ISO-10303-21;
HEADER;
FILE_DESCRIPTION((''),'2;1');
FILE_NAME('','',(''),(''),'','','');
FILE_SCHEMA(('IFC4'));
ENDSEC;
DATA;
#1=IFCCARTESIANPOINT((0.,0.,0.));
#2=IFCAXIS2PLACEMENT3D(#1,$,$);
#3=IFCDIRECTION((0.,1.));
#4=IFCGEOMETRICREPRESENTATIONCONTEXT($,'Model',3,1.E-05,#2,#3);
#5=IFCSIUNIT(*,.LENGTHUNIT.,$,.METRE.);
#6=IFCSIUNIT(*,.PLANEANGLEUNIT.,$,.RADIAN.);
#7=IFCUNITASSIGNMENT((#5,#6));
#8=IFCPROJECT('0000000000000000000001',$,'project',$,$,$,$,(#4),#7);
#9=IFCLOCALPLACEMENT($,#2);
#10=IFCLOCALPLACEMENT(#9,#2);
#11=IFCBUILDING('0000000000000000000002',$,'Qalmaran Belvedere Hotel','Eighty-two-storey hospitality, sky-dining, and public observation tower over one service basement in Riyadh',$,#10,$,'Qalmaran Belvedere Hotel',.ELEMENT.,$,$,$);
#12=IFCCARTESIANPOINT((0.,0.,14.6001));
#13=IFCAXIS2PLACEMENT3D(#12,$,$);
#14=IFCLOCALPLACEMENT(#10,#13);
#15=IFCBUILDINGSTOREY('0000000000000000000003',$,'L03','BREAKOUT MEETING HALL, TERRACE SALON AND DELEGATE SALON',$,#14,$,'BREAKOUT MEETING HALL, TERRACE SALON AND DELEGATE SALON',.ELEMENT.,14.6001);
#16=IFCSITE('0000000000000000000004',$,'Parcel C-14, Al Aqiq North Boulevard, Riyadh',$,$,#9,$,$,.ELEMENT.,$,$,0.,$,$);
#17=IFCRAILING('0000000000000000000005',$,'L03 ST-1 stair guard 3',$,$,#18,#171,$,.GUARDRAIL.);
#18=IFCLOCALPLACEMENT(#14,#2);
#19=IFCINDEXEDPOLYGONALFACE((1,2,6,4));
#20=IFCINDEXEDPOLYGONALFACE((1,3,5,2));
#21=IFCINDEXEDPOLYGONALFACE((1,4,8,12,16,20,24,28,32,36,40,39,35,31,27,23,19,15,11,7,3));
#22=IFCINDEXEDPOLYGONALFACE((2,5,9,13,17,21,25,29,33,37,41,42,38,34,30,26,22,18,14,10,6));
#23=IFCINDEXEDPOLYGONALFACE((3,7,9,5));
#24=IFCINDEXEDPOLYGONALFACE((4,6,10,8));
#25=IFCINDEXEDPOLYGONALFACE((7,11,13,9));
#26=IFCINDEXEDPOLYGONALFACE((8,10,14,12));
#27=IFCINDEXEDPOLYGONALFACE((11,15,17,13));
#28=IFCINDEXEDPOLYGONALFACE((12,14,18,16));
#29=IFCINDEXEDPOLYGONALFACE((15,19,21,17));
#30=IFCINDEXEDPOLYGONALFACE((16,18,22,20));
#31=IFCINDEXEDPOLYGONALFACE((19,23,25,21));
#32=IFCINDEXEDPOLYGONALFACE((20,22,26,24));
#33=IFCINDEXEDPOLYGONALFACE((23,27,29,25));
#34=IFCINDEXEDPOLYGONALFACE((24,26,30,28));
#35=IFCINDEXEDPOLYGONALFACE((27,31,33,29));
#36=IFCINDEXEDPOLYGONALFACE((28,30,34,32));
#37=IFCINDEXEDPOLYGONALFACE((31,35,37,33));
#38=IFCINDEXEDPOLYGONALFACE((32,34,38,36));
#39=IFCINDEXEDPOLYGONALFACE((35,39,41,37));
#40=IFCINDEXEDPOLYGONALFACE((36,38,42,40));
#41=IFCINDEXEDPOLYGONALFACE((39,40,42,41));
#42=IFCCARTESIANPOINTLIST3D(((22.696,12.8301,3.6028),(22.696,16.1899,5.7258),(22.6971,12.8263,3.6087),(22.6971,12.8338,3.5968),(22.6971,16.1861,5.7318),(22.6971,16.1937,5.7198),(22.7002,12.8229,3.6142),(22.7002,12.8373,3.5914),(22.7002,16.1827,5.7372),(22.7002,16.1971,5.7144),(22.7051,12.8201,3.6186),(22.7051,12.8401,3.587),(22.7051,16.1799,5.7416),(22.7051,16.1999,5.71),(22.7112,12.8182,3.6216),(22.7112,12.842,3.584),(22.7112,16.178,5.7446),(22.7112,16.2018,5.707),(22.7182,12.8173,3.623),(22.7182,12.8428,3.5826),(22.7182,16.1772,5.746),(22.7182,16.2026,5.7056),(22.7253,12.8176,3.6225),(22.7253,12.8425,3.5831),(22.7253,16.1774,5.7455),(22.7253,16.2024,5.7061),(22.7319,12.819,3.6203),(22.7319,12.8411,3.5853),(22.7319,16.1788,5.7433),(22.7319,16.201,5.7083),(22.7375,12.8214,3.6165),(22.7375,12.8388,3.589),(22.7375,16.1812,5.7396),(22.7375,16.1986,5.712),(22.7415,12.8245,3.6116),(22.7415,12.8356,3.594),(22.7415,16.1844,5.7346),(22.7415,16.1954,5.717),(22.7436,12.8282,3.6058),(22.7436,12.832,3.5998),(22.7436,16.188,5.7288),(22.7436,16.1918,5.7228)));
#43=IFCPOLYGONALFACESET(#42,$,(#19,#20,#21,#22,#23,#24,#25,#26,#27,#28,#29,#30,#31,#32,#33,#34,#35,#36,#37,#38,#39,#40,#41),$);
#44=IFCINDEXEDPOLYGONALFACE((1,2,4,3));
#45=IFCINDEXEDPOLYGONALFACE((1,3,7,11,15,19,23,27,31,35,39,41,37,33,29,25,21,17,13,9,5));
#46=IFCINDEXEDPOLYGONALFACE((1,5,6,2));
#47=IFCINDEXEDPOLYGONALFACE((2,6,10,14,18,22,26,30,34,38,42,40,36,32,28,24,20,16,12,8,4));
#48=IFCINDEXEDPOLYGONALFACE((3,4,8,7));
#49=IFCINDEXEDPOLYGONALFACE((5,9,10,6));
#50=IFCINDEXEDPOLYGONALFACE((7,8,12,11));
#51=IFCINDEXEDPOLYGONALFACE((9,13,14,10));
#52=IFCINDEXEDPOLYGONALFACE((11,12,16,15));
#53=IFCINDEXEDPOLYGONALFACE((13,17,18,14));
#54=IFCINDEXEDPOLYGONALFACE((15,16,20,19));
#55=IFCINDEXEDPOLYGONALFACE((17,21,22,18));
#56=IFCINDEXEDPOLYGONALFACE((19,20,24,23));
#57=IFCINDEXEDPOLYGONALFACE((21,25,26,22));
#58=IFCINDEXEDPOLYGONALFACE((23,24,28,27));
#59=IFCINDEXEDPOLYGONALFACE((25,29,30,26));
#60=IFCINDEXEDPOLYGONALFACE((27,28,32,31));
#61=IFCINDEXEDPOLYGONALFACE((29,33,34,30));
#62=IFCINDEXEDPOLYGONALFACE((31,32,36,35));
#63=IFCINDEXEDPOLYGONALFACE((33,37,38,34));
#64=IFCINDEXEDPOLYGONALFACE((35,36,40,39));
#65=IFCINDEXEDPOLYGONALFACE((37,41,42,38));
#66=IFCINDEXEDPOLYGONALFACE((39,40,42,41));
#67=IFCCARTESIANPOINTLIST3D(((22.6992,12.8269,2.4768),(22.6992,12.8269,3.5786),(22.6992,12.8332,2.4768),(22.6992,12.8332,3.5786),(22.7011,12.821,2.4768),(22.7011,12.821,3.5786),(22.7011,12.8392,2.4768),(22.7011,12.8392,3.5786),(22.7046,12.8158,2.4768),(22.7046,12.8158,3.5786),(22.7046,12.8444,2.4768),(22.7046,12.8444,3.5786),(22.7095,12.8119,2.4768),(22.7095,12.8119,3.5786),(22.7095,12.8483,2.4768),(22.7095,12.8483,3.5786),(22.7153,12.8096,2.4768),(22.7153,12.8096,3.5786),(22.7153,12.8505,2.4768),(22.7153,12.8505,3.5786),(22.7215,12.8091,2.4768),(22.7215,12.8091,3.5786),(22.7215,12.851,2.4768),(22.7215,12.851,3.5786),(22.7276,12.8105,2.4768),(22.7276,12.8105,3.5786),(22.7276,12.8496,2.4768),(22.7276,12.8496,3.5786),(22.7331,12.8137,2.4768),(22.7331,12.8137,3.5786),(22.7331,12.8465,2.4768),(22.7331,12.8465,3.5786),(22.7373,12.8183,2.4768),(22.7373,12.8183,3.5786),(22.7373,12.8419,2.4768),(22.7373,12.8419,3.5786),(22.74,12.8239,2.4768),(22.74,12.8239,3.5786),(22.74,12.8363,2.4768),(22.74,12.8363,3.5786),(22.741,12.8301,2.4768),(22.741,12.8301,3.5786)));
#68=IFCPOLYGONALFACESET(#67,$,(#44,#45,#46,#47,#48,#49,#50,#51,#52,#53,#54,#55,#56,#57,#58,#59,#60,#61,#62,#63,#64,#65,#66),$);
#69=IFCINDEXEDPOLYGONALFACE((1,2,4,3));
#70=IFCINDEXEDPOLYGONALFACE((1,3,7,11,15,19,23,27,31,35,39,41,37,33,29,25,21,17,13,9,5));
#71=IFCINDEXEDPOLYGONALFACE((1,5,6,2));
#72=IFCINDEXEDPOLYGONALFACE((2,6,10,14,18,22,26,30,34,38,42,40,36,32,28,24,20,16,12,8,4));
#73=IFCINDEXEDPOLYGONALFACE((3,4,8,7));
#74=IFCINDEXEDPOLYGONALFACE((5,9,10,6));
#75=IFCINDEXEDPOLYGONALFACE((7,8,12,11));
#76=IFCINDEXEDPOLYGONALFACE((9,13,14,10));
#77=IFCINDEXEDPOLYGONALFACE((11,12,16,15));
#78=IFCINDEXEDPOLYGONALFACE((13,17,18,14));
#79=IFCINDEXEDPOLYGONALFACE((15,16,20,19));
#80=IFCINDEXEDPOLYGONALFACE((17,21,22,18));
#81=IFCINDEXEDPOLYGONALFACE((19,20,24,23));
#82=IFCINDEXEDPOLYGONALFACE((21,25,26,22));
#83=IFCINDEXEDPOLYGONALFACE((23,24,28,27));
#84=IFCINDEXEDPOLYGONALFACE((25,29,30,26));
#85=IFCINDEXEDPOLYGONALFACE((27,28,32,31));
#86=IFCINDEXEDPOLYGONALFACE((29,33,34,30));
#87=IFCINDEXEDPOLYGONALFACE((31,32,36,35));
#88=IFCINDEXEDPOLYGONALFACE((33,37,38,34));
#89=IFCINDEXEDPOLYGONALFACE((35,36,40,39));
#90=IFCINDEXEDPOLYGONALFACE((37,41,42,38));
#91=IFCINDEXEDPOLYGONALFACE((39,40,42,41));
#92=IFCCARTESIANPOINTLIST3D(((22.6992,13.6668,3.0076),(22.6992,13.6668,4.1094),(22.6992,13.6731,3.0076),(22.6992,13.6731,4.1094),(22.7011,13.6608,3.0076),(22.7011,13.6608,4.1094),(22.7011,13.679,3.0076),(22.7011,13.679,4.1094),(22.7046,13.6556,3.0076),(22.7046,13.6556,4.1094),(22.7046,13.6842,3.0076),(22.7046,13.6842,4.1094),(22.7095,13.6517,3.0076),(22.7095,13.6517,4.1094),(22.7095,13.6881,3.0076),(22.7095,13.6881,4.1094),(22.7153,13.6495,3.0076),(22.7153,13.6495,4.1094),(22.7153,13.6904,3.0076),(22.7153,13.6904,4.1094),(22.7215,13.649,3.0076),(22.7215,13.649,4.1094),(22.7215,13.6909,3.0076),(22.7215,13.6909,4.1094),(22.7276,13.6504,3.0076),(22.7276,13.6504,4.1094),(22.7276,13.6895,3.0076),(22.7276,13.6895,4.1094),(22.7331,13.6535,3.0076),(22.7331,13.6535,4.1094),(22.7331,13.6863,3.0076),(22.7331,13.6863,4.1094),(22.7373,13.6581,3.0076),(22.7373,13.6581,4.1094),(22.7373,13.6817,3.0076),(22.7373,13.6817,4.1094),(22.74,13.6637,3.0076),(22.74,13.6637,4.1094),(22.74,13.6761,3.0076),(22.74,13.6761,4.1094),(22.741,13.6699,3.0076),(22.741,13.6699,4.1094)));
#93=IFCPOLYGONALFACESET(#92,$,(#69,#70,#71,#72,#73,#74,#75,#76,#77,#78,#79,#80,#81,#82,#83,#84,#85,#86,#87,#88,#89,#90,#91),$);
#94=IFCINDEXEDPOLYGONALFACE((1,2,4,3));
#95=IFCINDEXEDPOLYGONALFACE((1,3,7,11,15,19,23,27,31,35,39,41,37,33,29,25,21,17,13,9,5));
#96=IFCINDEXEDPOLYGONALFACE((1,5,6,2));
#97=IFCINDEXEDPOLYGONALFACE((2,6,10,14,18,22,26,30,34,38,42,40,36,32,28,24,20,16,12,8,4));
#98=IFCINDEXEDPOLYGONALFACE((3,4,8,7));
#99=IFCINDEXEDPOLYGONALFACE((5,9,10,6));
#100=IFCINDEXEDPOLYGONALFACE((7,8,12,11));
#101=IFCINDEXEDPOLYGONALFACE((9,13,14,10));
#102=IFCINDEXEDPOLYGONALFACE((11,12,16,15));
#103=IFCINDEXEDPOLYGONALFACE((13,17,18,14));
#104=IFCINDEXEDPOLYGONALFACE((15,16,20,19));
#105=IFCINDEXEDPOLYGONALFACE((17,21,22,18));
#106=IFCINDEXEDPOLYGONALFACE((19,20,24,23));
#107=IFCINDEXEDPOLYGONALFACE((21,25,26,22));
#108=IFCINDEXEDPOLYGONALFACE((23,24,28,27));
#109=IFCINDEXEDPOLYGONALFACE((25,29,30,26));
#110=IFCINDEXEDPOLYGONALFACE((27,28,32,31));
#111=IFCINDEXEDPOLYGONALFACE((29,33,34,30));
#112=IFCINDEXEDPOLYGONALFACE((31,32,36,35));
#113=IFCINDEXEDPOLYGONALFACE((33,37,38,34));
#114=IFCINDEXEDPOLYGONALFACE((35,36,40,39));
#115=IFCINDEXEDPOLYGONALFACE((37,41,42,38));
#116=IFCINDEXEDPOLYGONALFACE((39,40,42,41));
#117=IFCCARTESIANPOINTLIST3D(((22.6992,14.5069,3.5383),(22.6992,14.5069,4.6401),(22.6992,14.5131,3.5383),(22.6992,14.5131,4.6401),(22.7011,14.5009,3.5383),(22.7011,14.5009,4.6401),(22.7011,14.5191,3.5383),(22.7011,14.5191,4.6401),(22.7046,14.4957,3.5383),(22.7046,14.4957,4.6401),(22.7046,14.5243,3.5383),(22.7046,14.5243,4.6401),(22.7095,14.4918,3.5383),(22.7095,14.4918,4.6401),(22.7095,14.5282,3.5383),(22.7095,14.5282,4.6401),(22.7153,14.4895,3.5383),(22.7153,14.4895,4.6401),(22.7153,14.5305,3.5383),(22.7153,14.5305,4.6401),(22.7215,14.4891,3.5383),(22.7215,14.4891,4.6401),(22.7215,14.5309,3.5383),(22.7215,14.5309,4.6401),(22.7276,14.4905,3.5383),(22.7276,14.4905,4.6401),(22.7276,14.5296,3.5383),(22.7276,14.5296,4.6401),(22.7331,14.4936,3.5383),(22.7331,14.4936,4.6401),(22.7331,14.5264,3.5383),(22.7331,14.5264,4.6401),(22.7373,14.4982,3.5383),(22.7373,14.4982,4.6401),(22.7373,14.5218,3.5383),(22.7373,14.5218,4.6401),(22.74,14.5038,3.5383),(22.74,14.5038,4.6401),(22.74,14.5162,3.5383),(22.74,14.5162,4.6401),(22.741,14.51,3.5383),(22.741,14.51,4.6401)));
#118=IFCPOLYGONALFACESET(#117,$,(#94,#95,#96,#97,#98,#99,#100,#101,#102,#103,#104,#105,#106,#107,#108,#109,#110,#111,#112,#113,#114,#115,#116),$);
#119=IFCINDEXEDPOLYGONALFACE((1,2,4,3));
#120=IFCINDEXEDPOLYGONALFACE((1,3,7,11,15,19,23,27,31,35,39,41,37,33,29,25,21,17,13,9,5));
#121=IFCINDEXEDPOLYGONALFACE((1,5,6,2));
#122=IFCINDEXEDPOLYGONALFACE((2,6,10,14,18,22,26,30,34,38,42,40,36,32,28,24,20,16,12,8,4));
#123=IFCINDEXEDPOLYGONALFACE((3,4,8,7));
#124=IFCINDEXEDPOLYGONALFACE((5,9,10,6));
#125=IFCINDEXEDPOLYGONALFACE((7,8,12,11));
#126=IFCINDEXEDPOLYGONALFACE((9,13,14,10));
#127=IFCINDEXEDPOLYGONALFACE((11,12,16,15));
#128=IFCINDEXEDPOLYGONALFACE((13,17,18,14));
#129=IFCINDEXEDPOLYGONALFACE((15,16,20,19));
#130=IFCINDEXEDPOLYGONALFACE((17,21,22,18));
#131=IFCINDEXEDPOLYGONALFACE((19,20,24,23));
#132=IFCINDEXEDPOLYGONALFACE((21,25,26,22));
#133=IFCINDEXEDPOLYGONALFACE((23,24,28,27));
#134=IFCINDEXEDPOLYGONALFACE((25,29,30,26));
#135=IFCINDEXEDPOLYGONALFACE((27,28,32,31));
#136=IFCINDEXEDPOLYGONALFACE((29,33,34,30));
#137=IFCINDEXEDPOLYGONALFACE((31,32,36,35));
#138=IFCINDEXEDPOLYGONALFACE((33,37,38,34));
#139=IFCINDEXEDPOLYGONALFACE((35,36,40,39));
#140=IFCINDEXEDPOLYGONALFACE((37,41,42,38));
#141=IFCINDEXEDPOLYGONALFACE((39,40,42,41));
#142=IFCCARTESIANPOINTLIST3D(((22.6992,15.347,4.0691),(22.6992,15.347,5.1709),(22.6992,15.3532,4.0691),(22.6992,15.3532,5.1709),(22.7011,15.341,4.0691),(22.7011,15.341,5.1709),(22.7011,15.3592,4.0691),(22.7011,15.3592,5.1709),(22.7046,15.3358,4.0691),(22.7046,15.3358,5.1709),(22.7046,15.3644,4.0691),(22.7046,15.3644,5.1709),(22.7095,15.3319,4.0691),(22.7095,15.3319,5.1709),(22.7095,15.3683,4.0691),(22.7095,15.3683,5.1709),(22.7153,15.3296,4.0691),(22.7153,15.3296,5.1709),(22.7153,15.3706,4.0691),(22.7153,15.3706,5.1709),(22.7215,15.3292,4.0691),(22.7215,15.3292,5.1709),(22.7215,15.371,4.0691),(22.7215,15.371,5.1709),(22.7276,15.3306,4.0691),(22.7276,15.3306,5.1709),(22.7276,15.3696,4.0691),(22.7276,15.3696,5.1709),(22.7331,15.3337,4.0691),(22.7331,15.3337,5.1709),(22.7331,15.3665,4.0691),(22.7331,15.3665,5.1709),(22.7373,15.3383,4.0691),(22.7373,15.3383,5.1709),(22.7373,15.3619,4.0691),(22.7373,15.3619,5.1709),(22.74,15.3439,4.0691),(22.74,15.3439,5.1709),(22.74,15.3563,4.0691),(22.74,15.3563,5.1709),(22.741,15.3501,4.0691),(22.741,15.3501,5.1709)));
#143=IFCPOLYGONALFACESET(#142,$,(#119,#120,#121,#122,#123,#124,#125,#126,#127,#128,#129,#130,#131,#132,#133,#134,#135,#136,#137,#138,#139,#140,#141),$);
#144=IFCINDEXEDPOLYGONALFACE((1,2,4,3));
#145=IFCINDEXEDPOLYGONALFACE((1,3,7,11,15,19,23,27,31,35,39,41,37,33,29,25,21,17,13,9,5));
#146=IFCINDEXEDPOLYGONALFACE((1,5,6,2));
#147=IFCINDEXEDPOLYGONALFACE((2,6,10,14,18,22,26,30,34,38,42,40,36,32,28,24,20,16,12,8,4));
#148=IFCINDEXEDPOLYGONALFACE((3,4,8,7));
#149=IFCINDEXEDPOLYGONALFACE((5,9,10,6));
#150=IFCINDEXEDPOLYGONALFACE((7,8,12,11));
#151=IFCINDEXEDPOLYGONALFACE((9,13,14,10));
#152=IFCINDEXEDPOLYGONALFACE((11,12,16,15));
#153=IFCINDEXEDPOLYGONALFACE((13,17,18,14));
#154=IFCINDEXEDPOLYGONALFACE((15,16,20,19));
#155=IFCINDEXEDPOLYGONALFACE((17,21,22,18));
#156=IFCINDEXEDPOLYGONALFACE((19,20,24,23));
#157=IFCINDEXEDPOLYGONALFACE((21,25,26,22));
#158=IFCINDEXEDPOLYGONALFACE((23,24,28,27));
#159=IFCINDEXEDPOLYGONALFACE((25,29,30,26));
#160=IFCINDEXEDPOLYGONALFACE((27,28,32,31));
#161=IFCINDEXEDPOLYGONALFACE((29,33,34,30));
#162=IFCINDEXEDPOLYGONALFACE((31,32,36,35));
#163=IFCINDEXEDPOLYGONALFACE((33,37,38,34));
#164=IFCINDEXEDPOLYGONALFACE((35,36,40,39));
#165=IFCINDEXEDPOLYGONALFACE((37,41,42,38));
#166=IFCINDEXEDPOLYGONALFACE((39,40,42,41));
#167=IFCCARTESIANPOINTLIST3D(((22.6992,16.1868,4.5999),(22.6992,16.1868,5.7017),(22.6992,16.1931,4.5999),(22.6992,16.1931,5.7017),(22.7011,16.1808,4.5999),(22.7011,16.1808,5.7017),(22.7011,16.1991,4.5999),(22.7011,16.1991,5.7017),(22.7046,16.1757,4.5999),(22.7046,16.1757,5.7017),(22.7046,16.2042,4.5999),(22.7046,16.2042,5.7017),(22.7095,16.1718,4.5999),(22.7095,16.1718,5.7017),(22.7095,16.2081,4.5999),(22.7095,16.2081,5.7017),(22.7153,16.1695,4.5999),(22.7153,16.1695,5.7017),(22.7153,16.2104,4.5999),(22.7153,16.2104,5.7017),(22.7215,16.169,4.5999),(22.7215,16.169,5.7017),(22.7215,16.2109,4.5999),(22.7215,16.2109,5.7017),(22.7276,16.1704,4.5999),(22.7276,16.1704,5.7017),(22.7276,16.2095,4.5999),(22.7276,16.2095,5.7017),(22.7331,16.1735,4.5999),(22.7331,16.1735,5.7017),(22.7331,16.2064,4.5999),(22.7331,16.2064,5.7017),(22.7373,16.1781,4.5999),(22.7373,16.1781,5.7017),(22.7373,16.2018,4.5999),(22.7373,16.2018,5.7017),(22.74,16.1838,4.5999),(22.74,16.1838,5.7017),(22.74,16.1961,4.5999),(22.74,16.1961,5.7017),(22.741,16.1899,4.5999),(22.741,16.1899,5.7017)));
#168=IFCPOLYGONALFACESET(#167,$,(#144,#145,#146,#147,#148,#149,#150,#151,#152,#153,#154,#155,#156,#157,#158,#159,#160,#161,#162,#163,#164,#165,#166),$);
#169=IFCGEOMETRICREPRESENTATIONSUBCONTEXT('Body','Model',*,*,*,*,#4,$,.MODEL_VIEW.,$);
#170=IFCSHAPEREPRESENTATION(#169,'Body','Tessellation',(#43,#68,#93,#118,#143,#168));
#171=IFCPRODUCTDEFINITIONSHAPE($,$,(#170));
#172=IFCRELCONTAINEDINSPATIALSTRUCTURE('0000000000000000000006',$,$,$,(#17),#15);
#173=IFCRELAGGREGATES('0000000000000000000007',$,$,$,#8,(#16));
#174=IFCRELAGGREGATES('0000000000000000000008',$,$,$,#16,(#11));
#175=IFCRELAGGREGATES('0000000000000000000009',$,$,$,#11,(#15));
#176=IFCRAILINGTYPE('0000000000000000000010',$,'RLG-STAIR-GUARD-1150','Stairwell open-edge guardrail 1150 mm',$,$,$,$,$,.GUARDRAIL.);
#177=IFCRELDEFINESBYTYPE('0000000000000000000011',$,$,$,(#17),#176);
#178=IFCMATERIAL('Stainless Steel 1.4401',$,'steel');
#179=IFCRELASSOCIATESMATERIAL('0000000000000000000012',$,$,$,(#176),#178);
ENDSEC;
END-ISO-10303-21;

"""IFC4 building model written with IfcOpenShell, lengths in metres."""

from ifc_helpers import new_model, si_unit, direction, frame, origin, origin_2d, place, context, subcontext, project, spatial, circle, extrude, material, type_object, element, save


model = new_model("IFC4")

# Units and contexts
model_context = context("Model", 3, precision=1e-05, world=origin(), true_north=direction((0.0, 1.0)))
body_context = subcontext(model_context, "Body", "Model", "MODEL_VIEW")
ifc_project = project(units=[si_unit("LENGTHUNIT", "METRE"), si_unit("PLANEANGLEUNIT", "RADIAN")], contexts=[model_context])

# Site, building, storey
site_placement = place(None, origin())
site = spatial("IfcSite", under=ifc_project, at=site_placement, Name="Parcel C-14, Al Aqiq North Boulevard, Riyadh", CompositionType="ELEMENT", RefElevation=0.0)
building_placement = place(site_placement, origin())
building = spatial("IfcBuilding", under=site, at=building_placement, Name="Qalmaran Belvedere Hotel", Description="Eighty-two-storey hospitality, sky-dining, and public observation tower over one service basement in Riyadh", LongName="Qalmaran Belvedere Hotel", CompositionType="ELEMENT")
storey_placement = place(building_placement, frame((0.0, 0.0, 14.6001)))
storey = spatial("IfcBuildingStorey", under=building, at=storey_placement, Name="L03", Description="BREAKOUT MEETING HALL, TERRACE SALON AND DELEGATE SALON", LongName="BREAKOUT MEETING HALL, TERRACE SALON AND DELEGATE SALON", CompositionType="ELEMENT", Elevation=14.6001)

# Shared definitions
ifc_material_1 = material(Name="Stainless Steel 1.4401", Category="steel")

# Railing
railing_type_1 = type_object("IfcRailingType", Name="RLG-STAIR-GUARD-1150", Description="Stairwell open-edge guardrail 1150 mm", PredefinedType="GUARDRAIL", material=ifc_material_1)
railing_1_placement = place(storey_placement, frame((22.72, 12.8301, 2.4768)))
element("IfcRailing", 1, at=railing_1_placement, inside=storey, type_object=railing_type_1, Name="L03 ST-1 stair guard 3", PredefinedType="GUARDRAIL", context=body_context, shape_type="SweptSolid", body=[
    extrude(circle(Radius=0.0239, at=origin_2d()), frame((0.0, 0.0, 1.126), z_axis=(0.0, 0.845372, 0.534178), x_axis=(-1.0, 0.0, 0.0)), (0.0, 0.0, 1.0), 3.9744),
    extrude(circle(Radius=0.021, at=origin_2d()), origin(), (0.0, 0.0, 1.0), 1.1018),
    extrude(circle(Radius=0.021, at=origin_2d()), frame((0.0, 0.8398, 0.5308)), (0.0, 0.0, 1.0), 1.1018),
    extrude(circle(Radius=0.021, at=origin_2d()), frame((0.0, 1.6799, 1.0615)), (0.0, 0.0, 1.0), 1.1018),
    extrude(circle(Radius=0.021, at=origin_2d()), frame((0.0, 2.52, 1.5923)), (0.0, 0.0, 1.0), 1.1018),
    extrude(circle(Radius=0.021, at=origin_2d()), frame((0.0, 3.3599, 2.123)), (0.0, 0.0, 1.0), 1.1018),
])

save(model, "model.ifc")
